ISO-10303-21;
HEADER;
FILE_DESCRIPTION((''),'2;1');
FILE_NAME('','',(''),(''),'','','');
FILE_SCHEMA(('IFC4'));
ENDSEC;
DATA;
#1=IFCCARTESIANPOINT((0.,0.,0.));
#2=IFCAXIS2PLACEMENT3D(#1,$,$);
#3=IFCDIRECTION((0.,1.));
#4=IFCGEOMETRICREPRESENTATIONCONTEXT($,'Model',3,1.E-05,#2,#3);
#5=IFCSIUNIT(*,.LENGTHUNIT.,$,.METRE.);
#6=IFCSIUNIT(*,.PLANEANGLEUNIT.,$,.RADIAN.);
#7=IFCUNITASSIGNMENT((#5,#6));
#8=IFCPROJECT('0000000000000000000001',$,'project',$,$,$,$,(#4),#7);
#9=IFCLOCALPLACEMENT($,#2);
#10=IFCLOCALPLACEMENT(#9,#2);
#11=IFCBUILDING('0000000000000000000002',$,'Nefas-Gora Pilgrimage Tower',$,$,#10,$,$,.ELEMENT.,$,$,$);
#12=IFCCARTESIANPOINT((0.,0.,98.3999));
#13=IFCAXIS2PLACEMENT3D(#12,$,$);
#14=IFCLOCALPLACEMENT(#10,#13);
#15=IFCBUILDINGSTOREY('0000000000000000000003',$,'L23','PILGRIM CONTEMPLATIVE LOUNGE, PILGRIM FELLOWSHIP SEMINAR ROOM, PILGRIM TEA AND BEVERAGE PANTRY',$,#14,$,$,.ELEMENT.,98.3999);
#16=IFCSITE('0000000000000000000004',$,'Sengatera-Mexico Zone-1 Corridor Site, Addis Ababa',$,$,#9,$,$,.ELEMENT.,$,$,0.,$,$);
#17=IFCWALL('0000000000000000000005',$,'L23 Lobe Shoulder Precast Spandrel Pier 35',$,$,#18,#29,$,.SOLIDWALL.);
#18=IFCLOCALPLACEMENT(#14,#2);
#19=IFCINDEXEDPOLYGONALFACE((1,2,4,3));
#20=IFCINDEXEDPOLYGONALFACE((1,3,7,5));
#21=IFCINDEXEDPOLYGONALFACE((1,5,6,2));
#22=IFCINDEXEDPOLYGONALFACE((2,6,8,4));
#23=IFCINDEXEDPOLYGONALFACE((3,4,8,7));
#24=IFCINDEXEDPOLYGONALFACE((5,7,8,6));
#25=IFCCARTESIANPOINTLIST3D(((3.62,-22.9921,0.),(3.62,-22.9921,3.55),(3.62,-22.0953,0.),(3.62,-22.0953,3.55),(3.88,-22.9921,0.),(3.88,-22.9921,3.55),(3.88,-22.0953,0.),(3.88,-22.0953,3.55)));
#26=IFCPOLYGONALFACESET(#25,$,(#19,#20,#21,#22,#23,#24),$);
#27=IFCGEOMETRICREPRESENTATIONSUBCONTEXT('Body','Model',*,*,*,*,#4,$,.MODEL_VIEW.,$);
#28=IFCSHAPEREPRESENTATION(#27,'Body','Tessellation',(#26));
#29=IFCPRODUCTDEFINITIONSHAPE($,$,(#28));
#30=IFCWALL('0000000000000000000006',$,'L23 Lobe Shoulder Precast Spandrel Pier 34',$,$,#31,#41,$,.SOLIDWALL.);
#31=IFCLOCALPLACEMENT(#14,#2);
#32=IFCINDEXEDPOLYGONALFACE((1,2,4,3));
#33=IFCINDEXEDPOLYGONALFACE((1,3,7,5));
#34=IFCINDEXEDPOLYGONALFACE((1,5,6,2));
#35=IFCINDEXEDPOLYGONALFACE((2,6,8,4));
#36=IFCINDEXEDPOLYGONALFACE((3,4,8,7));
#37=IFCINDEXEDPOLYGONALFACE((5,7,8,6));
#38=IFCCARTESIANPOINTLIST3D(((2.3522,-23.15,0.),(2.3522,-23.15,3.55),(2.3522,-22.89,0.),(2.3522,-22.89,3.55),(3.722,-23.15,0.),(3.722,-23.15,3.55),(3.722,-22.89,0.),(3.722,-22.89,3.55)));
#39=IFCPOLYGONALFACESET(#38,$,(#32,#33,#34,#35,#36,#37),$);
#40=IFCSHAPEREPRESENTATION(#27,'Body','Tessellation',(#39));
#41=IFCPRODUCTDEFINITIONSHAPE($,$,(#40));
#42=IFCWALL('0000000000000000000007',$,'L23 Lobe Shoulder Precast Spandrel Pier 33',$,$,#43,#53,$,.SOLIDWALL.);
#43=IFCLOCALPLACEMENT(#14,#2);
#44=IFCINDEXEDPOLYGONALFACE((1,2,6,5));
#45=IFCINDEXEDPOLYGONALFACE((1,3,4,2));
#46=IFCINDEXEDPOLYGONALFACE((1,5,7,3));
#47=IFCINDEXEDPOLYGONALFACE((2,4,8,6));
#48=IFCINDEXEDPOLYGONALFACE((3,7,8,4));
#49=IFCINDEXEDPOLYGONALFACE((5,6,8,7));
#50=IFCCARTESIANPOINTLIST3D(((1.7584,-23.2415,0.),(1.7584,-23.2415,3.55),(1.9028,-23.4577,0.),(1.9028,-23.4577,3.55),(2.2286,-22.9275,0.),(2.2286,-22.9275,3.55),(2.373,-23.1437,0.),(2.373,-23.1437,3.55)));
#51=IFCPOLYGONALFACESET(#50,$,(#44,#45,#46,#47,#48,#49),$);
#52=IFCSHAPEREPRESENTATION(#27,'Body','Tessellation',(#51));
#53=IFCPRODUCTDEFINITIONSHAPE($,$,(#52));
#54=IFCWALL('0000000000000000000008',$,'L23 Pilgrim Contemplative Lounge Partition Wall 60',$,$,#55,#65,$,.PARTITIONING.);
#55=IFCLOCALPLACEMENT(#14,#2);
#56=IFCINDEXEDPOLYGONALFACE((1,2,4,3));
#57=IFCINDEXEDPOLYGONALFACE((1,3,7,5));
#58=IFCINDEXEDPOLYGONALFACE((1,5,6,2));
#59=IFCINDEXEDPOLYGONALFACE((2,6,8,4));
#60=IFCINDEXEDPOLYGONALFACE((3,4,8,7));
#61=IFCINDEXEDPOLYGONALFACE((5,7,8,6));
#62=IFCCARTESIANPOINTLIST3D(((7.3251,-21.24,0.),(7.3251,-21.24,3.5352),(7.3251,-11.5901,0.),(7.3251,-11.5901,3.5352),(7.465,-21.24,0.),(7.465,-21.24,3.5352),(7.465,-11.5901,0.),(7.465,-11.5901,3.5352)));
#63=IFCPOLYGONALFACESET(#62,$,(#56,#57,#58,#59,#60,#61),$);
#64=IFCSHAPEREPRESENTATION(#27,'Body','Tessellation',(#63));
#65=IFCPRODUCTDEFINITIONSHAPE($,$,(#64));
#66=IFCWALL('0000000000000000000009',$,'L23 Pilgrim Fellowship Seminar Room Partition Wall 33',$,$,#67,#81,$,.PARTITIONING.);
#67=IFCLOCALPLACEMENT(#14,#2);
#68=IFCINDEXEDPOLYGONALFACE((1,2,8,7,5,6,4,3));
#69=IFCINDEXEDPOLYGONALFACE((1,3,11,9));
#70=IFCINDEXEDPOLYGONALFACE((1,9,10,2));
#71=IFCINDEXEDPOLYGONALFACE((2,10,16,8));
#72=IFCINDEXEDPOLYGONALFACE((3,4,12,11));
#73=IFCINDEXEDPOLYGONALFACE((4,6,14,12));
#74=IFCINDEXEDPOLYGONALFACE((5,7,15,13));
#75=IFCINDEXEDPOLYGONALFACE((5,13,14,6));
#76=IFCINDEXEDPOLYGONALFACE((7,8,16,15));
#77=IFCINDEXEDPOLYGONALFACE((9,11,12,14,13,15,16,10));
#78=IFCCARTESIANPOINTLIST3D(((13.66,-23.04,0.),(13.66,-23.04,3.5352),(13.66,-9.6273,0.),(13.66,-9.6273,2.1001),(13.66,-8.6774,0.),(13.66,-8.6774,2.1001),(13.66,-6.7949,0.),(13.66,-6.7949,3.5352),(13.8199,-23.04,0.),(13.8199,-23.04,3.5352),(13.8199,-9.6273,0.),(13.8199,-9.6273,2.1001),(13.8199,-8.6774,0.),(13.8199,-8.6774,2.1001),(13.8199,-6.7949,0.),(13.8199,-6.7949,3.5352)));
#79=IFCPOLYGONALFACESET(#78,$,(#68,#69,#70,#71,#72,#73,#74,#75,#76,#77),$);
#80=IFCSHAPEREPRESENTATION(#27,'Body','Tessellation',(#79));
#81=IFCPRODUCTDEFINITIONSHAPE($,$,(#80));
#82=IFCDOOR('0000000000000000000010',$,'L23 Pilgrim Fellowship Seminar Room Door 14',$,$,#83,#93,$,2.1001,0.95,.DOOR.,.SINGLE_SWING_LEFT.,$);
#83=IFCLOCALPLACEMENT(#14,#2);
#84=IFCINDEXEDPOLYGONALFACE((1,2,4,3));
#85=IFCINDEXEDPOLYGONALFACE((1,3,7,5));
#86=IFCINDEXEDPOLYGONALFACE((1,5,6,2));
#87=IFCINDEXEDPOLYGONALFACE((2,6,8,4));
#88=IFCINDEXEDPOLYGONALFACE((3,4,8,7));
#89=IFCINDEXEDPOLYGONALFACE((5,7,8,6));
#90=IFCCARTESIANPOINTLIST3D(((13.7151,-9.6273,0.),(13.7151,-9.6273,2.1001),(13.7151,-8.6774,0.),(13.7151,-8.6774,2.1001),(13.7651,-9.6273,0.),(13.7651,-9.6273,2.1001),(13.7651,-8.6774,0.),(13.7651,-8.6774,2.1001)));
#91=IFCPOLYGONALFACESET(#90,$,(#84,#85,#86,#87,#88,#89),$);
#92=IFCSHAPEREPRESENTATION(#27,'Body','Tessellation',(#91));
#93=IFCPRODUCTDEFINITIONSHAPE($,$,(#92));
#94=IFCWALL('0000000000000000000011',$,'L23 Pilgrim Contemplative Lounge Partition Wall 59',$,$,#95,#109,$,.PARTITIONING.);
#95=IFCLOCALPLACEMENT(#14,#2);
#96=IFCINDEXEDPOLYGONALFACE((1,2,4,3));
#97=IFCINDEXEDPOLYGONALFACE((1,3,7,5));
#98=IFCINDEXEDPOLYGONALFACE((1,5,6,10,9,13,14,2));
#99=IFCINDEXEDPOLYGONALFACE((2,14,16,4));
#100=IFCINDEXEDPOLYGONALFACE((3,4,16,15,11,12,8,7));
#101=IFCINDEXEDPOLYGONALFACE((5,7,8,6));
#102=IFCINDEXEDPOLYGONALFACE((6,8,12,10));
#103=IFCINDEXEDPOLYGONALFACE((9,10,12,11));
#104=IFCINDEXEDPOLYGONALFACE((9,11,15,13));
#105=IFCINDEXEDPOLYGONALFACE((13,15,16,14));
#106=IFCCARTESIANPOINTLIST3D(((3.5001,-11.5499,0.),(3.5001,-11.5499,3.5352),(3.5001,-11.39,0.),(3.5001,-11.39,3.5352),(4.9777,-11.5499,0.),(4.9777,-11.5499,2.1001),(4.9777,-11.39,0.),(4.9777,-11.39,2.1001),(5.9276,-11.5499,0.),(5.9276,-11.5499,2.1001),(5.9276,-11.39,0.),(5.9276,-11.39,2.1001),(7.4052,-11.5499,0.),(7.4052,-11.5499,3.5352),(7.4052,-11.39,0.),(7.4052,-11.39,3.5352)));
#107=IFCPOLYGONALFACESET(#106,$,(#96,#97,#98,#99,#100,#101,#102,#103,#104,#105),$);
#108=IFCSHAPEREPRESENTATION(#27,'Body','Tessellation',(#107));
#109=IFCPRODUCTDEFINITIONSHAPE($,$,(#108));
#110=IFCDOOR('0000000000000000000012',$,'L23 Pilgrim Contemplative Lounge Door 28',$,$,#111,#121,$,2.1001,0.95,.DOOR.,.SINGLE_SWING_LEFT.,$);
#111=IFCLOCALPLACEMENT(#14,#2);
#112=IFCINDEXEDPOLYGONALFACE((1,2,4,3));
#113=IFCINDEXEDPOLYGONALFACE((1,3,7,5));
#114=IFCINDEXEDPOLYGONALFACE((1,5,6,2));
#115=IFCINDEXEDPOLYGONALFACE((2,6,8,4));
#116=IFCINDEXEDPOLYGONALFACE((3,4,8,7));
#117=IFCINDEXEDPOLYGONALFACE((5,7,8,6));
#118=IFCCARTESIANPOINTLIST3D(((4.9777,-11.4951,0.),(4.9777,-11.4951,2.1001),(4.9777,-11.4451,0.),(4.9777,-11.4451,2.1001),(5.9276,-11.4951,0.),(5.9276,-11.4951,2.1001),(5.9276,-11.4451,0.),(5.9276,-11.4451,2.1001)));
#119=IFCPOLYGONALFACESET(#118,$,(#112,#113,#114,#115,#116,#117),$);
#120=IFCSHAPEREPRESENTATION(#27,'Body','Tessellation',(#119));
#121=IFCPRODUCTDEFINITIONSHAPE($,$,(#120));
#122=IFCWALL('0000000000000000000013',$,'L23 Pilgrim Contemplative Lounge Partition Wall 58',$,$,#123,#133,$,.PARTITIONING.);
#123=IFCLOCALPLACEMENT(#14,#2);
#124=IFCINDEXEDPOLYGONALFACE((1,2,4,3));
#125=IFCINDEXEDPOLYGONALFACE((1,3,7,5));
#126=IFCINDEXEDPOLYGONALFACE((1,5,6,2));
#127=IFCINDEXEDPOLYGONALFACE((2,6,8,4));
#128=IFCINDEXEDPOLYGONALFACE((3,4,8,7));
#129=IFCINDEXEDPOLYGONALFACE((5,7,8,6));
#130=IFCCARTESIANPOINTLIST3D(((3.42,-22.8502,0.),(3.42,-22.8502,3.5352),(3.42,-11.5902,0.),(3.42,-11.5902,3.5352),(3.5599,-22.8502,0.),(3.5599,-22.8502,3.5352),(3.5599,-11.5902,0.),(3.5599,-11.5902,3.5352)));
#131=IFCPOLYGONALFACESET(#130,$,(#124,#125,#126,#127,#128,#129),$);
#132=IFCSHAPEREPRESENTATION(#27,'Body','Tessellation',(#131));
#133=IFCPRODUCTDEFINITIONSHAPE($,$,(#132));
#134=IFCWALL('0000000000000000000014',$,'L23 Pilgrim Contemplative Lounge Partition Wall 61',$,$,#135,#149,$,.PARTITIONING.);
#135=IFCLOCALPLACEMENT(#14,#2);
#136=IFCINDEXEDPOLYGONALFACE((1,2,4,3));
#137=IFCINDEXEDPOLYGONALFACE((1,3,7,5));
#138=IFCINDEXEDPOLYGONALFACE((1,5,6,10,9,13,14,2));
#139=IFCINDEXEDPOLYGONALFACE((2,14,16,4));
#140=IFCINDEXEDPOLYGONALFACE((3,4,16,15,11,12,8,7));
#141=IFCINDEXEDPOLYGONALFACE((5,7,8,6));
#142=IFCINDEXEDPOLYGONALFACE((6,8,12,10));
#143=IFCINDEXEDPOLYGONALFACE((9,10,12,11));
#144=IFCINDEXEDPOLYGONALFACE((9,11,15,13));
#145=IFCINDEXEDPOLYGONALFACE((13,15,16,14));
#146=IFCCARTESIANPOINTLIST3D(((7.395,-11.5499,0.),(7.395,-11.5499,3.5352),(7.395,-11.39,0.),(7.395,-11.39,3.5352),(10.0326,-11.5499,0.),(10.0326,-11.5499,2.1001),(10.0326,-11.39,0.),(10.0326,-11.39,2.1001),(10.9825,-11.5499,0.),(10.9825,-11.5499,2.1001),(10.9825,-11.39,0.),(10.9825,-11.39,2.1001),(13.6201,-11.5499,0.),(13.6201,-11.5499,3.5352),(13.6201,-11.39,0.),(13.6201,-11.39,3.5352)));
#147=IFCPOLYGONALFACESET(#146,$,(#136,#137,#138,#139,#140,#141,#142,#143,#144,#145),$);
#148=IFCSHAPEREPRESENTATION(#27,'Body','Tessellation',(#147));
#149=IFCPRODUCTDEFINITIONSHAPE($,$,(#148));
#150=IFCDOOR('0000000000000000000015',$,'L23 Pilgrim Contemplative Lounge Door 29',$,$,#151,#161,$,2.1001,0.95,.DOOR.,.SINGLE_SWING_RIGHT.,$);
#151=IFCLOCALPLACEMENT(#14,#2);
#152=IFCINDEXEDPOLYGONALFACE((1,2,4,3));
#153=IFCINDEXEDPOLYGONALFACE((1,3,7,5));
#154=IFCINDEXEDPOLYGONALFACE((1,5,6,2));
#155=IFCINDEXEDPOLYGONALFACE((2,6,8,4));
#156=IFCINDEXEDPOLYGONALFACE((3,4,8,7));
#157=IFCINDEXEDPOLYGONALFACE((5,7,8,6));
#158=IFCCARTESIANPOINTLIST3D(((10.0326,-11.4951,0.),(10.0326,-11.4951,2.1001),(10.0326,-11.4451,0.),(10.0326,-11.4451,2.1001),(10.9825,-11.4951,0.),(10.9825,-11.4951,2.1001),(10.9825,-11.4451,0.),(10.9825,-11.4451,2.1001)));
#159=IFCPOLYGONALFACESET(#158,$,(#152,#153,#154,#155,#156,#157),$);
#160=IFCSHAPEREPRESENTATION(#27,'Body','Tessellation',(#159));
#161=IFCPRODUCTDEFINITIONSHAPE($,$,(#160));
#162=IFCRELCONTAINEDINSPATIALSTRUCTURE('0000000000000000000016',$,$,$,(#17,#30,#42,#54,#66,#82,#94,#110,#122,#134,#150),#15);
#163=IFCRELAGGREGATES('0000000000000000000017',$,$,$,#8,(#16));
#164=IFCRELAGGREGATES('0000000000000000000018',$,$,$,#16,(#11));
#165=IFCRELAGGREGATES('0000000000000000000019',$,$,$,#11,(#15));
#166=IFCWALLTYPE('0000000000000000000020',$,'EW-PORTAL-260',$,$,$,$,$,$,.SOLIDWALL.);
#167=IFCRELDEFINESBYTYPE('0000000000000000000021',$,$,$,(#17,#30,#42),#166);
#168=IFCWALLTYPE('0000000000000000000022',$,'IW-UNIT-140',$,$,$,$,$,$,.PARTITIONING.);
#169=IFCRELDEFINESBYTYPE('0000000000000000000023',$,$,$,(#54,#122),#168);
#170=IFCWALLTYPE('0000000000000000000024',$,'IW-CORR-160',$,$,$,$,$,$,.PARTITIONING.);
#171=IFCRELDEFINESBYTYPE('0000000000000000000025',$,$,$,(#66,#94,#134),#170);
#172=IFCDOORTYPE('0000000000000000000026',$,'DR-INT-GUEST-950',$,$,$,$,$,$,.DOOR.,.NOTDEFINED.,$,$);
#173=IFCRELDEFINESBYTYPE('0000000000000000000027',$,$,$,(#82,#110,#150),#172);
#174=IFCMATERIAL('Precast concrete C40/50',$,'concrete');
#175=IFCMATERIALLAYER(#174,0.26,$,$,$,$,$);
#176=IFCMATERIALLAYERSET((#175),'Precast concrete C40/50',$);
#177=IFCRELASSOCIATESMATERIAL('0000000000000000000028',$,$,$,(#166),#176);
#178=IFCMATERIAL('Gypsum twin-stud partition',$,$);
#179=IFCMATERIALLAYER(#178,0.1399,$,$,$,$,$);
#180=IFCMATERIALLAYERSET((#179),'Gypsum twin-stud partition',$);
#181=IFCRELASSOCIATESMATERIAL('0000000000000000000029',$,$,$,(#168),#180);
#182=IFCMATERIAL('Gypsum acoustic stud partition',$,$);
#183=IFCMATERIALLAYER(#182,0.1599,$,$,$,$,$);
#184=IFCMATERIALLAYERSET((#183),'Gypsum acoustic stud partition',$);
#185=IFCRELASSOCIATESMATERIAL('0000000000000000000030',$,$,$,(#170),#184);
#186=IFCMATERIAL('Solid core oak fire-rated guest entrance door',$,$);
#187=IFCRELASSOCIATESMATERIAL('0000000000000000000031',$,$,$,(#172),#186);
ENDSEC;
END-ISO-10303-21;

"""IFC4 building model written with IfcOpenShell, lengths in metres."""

from ifc_helpers import new_model, si_unit, direction, frame, frame_2d, origin, place, context, subcontext, project, spatial, rectangle, extrude, source, transform, mapped, material, layer, layer_set, type_object, element, fill, save


model = new_model("IFC4")

# Units and contexts
model_context = context("Model", 3, precision=1e-05, world=origin(), true_north=direction((0.0, 1.0)))
body_context = subcontext(model_context, "Body", "Model", "MODEL_VIEW")
ifc_project = project(units=[si_unit("LENGTHUNIT", "METRE"), si_unit("PLANEANGLEUNIT", "RADIAN")], contexts=[model_context])

# Site, building, storey
site_placement = place(None, origin())
site = spatial("IfcSite", under=ifc_project, at=site_placement, Name="Sengatera-Mexico Zone-1 Corridor Site, Addis Ababa", CompositionType="ELEMENT", RefElevation=0.0)
building_placement = place(site_placement, origin())
building = spatial("IfcBuilding", under=site, at=building_placement, Name="Nefas-Gora Pilgrimage Tower", CompositionType="ELEMENT")
storey_placement = place(building_placement, frame((0.0, 0.0, 98.3999)))
storey = spatial("IfcBuildingStorey", under=building, at=storey_placement, Name="L23", Description="PILGRIM CONTEMPLATIVE LOUNGE, PILGRIM FELLOWSHIP SEMINAR ROOM, PILGRIM TEA AND BEVERAGE PANTRY", CompositionType="ELEMENT", Elevation=98.3999)

# Walls
ifc_material_1 = material(Name="Precast concrete C40/50", Category="concrete")
ifc_layer_1 = layer(ifc_material_1, 0.26)
ifc_layer_set_1 = layer_set([ifc_layer_1], Name="Precast concrete C40/50")
wall_type_1 = type_object("IfcWallType", Name="EW-PORTAL-260", PredefinedType="SOLIDWALL", material=ifc_layer_set_1)
shared_shape_1 = source(origin(), body_context, "Body", "SweptSolid", [
    extrude(rectangle(XDim=0.8967, YDim=0.26, at=frame_2d((0.4482, 0.0))), origin(), (0.0, 0.0, 1.0), 3.55),
])
wall_1_placement = place(storey_placement, frame((3.75, -22.9919, 0.0), z_axis=(0.0, 0.0, 1.0), x_axis=(0.0, 1.0, 0.0)))
element("IfcWall", 1, at=wall_1_placement, inside=storey, type_object=wall_type_1, Name="L23 Lobe Shoulder Precast Spandrel Pier 35", PredefinedType="SOLIDWALL", context=body_context, shape_type="MappedRepresentation", body=[
    mapped(shared_shape_1, transform((0.0, 0.0, 0.0), x_axis=(1.0, 0.0, 0.0), y_axis=(0.0, 1.0, 0.0), z_axis=(0.0, 0.0, 1.0), scale=1.0)),
])
shared_shape_2 = source(origin(), body_context, "Body", "SweptSolid", [
    extrude(rectangle(XDim=1.3699, YDim=0.26, at=frame_2d((0.6851, 0.0))), origin(), (0.0, 0.0, 1.0), 3.55),
])
wall_2_placement = place(storey_placement, frame((2.3521, -23.02, 0.0), z_axis=(0.0, 0.0, 1.0), x_axis=(1.0, 0.0, 0.0)))
element("IfcWall", 2, at=wall_2_placement, inside=storey, type_object=wall_type_1, Name="L23 Lobe Shoulder Precast Spandrel Pier 34", PredefinedType="SOLIDWALL", context=body_context, shape_type="MappedRepresentation", body=[
    mapped(shared_shape_2, transform((0.0, 0.0, 0.0), x_axis=(1.0, 0.0, 0.0), y_axis=(0.0, 1.0, 0.0), z_axis=(0.0, 0.0, 1.0), scale=1.0)),
])
shared_shape_3 = source(origin(), body_context, "Body", "SweptSolid", [
    extrude(rectangle(XDim=0.5654, YDim=0.26, at=frame_2d((0.2827, 0.0))), origin(), (0.0, 0.0, 1.0), 3.55),
])
wall_3_placement = place(storey_placement, frame((1.8306, -23.3496, 0.0), z_axis=(0.0, 0.0, 1.0), x_axis=(0.831651, 0.555298, 0.0)))
element("IfcWall", 3, at=wall_3_placement, inside=storey, type_object=wall_type_1, Name="L23 Lobe Shoulder Precast Spandrel Pier 33", PredefinedType="SOLIDWALL", context=body_context, shape_type="MappedRepresentation", body=[
    mapped(shared_shape_3, transform((0.0, 0.0, 0.0), x_axis=(1.0, 0.0, 0.0), y_axis=(0.0, 1.0, 0.0), z_axis=(0.0, 0.0, 1.0), scale=1.0)),
])
ifc_material_2 = material(Name="Gypsum twin-stud partition")
ifc_layer_2 = layer(ifc_material_2, 0.1399)
ifc_layer_set_2 = layer_set([ifc_layer_2], Name="Gypsum twin-stud partition")
wall_type_2 = type_object("IfcWallType", Name="IW-UNIT-140", PredefinedType="PARTITIONING", material=ifc_layer_set_2)
shared_shape_4 = source(origin(), body_context, "Body", "SweptSolid", [
    extrude(rectangle(XDim=9.6499, YDim=0.1399, at=frame_2d((4.825, 0.0))), origin(), (0.0, 0.0, 1.0), 3.5352),
])
wall_4_placement = place(storey_placement, frame((7.395, -21.24, 0.0), z_axis=(0.0, 0.0, 1.0), x_axis=(0.0, 1.0, 0.0)))
element("IfcWall", 4, at=wall_4_placement, inside=storey, type_object=wall_type_2, Name="L23 Pilgrim Contemplative Lounge Partition Wall 60", PredefinedType="PARTITIONING", context=body_context, shape_type="MappedRepresentation", body=[
    mapped(shared_shape_4, transform((0.0, 0.0, 0.0), x_axis=(1.0, 0.0, 0.0), y_axis=(0.0, 1.0, 0.0), z_axis=(0.0, 0.0, 1.0), scale=1.0)),
])

# Walls, openings, doors
ifc_material_3 = material(Name="Gypsum acoustic stud partition")
ifc_layer_3 = layer(ifc_material_3, 0.1599)
ifc_layer_set_3 = layer_set([ifc_layer_3], Name="Gypsum acoustic stud partition")
wall_type_3 = type_object("IfcWallType", Name="IW-CORR-160", PredefinedType="PARTITIONING", material=ifc_layer_set_3)
shared_shape_5 = source(origin(), body_context, "Body", "SweptSolid", [
    extrude(rectangle(XDim=16.2451, YDim=0.1599, at=frame_2d((8.1226, 0.0))), origin(), (0.0, 0.0, 1.0), 3.5352),
])
wall_5_placement = place(storey_placement, frame((13.74, -23.04, 0.0), z_axis=(0.0, 0.0, 1.0), x_axis=(0.0, 1.0, 0.0)))
wall_5 = element("IfcWall", 5, at=wall_5_placement, inside=storey, type_object=wall_type_3, Name="L23 Pilgrim Fellowship Seminar Room Partition Wall 33", PredefinedType="PARTITIONING", context=body_context, shape_type="MappedRepresentation", body=[
    mapped(shared_shape_5, transform((0.0, 0.0, 0.0), x_axis=(1.0, 0.0, 0.0), y_axis=(0.0, 1.0, 0.0), z_axis=(0.0, 0.0, 1.0), scale=1.0)),
])
opening_1_placement = place(wall_5_placement, frame((13.4126, 0.0, 0.0)))
opening_1 = element("IfcOpeningElement", 6, at=opening_1_placement, cuts=wall_5, PredefinedType="OPENING", context=body_context, shape_type="SweptSolid", body=[
    extrude(rectangle(XDim=0.95, YDim=2.1001, at=frame_2d((0.4751, 1.05))), frame((0.0, 0.0898, 0.0), z_axis=(0.0, -1.0, 0.0), x_axis=(1.0, 0.0, 0.0)), (0.0, 0.0, 1.0), 0.1799),
])
ifc_material_4 = material(Name="Solid core oak fire-rated guest entrance door")
door_type = type_object("IfcDoorType", Name="DR-INT-GUEST-950", OperationType="NOTDEFINED", PredefinedType="DOOR", material=ifc_material_4)
shared_shape_6 = source(origin(), body_context, "Body", "SweptSolid", [
    extrude(rectangle(XDim=0.95, YDim=2.1001, at=frame_2d((0.4751, 1.05))), frame((0.0, 0.0249, 0.0), z_axis=(0.0, -1.0, 0.0), x_axis=(1.0, 0.0, 0.0)), (0.0, 0.0, 1.0), 0.05),
])
door_1_placement = place(opening_1_placement, origin())
door_1 = element("IfcDoor", 7, at=door_1_placement, inside=storey, type_object=door_type, Name="L23 Pilgrim Fellowship Seminar Room Door 14", OperationType="SINGLE_SWING_LEFT", OverallHeight=2.1001, OverallWidth=0.95, PredefinedType="DOOR", context=body_context, shape_type="MappedRepresentation", body=[
    mapped(shared_shape_6, transform((0.0, 0.0, 0.0), x_axis=(1.0, 0.0, 0.0), y_axis=(0.0, 1.0, 0.0), z_axis=(0.0, 0.0, 1.0), scale=1.0)),
])
fill(opening_1, door_1)
shared_shape_7 = source(origin(), body_context, "Body", "SweptSolid", [
    extrude(rectangle(XDim=3.905, YDim=0.1599, at=frame_2d((1.9526, 0.0))), origin(), (0.0, 0.0, 1.0), 3.5352),
])
wall_6_placement = place(storey_placement, frame((3.5, -11.47, 0.0), z_axis=(0.0, 0.0, 1.0), x_axis=(1.0, 0.0, 0.0)))
wall_6 = element("IfcWall", 8, at=wall_6_placement, inside=storey, type_object=wall_type_3, Name="L23 Pilgrim Contemplative Lounge Partition Wall 59", PredefinedType="PARTITIONING", context=body_context, shape_type="MappedRepresentation", body=[
    mapped(shared_shape_7, transform((0.0, 0.0, 0.0), x_axis=(1.0, 0.0, 0.0), y_axis=(0.0, 1.0, 0.0), z_axis=(0.0, 0.0, 1.0), scale=1.0)),
])
opening_2_placement = place(wall_6_placement, frame((1.4775, 0.0, 0.0)))
opening_2 = element("IfcOpeningElement", 9, at=opening_2_placement, cuts=wall_6, PredefinedType="OPENING", context=body_context, shape_type="SweptSolid", body=[
    extrude(rectangle(XDim=0.95, YDim=2.1001, at=frame_2d((0.4751, 1.05))), frame((0.0, 0.0898, 0.0), z_axis=(0.0, -1.0, 0.0), x_axis=(1.0, 0.0, 0.0)), (0.0, 0.0, 1.0), 0.1799),
])
door_2_placement = place(opening_2_placement, origin())
door_2 = element("IfcDoor", 10, at=door_2_placement, inside=storey, type_object=door_type, Name="L23 Pilgrim Contemplative Lounge Door 28", OperationType="SINGLE_SWING_LEFT", OverallHeight=2.1001, OverallWidth=0.95, PredefinedType="DOOR", context=body_context, shape_type="MappedRepresentation", body=[
    mapped(shared_shape_6, transform((0.0, 0.0, 0.0), x_axis=(1.0, 0.0, 0.0), y_axis=(0.0, 1.0, 0.0), z_axis=(0.0, 0.0, 1.0), scale=1.0)),
])
fill(opening_2, door_2)

# Wall
shared_shape_8 = source(origin(), body_context, "Body", "SweptSolid", [
    extrude(rectangle(XDim=11.26, YDim=0.1399, at=frame_2d((5.6299, 0.0))), origin(), (0.0, 0.0, 1.0), 3.5352),
])
wall_7_placement = place(storey_placement, frame((3.49, -22.8501, 0.0), z_axis=(0.0, 0.0, 1.0), x_axis=(0.0, 1.0, 0.0)))
element("IfcWall", 11, at=wall_7_placement, inside=storey, type_object=wall_type_2, Name="L23 Pilgrim Contemplative Lounge Partition Wall 58", PredefinedType="PARTITIONING", context=body_context, shape_type="MappedRepresentation", body=[
    mapped(shared_shape_8, transform((0.0, 0.0, 0.0), x_axis=(1.0, 0.0, 0.0), y_axis=(0.0, 1.0, 0.0), z_axis=(0.0, 0.0, 1.0), scale=1.0)),
])

# Wall, opening, door
shared_shape_9 = source(origin(), body_context, "Body", "SweptSolid", [
    extrude(rectangle(XDim=6.2251, YDim=0.1599, at=frame_2d((3.1125, 0.0))), origin(), (0.0, 0.0, 1.0), 3.5352),
])
wall_8_placement = place(storey_placement, frame((7.395, -11.47, 0.0), z_axis=(0.0, 0.0, 1.0), x_axis=(1.0, 0.0, 0.0)))
wall_8 = element("IfcWall", 12, at=wall_8_placement, inside=storey, type_object=wall_type_3, Name="L23 Pilgrim Contemplative Lounge Partition Wall 61", PredefinedType="PARTITIONING", context=body_context, shape_type="MappedRepresentation", body=[
    mapped(shared_shape_9, transform((0.0, 0.0, 0.0), x_axis=(1.0, 0.0, 0.0), y_axis=(0.0, 1.0, 0.0), z_axis=(0.0, 0.0, 1.0), scale=1.0)),
])
opening_3_placement = place(wall_8_placement, frame((2.6375, 0.0, 0.0)))
opening_3 = element("IfcOpeningElement", 13, at=opening_3_placement, cuts=wall_8, PredefinedType="OPENING", context=body_context, shape_type="SweptSolid", body=[
    extrude(rectangle(XDim=0.95, YDim=2.1001, at=frame_2d((0.4751, 1.05))), frame((0.0, 0.0898, 0.0), z_axis=(0.0, -1.0, 0.0), x_axis=(1.0, 0.0, 0.0)), (0.0, 0.0, 1.0), 0.1799),
])
door_3_placement = place(opening_3_placement, origin())
door_3 = element("IfcDoor", 14, at=door_3_placement, inside=storey, type_object=door_type, Name="L23 Pilgrim Contemplative Lounge Door 29", OperationType="SINGLE_SWING_RIGHT", OverallHeight=2.1001, OverallWidth=0.95, PredefinedType="DOOR", context=body_context, shape_type="MappedRepresentation", body=[
    mapped(shared_shape_6, transform((0.0, 0.0, 0.0), x_axis=(1.0, 0.0, 0.0), y_axis=(0.0, 1.0, 0.0), z_axis=(0.0, 0.0, 1.0), scale=1.0)),
])
fill(opening_3, door_3)

save(model, "model.ifc")
